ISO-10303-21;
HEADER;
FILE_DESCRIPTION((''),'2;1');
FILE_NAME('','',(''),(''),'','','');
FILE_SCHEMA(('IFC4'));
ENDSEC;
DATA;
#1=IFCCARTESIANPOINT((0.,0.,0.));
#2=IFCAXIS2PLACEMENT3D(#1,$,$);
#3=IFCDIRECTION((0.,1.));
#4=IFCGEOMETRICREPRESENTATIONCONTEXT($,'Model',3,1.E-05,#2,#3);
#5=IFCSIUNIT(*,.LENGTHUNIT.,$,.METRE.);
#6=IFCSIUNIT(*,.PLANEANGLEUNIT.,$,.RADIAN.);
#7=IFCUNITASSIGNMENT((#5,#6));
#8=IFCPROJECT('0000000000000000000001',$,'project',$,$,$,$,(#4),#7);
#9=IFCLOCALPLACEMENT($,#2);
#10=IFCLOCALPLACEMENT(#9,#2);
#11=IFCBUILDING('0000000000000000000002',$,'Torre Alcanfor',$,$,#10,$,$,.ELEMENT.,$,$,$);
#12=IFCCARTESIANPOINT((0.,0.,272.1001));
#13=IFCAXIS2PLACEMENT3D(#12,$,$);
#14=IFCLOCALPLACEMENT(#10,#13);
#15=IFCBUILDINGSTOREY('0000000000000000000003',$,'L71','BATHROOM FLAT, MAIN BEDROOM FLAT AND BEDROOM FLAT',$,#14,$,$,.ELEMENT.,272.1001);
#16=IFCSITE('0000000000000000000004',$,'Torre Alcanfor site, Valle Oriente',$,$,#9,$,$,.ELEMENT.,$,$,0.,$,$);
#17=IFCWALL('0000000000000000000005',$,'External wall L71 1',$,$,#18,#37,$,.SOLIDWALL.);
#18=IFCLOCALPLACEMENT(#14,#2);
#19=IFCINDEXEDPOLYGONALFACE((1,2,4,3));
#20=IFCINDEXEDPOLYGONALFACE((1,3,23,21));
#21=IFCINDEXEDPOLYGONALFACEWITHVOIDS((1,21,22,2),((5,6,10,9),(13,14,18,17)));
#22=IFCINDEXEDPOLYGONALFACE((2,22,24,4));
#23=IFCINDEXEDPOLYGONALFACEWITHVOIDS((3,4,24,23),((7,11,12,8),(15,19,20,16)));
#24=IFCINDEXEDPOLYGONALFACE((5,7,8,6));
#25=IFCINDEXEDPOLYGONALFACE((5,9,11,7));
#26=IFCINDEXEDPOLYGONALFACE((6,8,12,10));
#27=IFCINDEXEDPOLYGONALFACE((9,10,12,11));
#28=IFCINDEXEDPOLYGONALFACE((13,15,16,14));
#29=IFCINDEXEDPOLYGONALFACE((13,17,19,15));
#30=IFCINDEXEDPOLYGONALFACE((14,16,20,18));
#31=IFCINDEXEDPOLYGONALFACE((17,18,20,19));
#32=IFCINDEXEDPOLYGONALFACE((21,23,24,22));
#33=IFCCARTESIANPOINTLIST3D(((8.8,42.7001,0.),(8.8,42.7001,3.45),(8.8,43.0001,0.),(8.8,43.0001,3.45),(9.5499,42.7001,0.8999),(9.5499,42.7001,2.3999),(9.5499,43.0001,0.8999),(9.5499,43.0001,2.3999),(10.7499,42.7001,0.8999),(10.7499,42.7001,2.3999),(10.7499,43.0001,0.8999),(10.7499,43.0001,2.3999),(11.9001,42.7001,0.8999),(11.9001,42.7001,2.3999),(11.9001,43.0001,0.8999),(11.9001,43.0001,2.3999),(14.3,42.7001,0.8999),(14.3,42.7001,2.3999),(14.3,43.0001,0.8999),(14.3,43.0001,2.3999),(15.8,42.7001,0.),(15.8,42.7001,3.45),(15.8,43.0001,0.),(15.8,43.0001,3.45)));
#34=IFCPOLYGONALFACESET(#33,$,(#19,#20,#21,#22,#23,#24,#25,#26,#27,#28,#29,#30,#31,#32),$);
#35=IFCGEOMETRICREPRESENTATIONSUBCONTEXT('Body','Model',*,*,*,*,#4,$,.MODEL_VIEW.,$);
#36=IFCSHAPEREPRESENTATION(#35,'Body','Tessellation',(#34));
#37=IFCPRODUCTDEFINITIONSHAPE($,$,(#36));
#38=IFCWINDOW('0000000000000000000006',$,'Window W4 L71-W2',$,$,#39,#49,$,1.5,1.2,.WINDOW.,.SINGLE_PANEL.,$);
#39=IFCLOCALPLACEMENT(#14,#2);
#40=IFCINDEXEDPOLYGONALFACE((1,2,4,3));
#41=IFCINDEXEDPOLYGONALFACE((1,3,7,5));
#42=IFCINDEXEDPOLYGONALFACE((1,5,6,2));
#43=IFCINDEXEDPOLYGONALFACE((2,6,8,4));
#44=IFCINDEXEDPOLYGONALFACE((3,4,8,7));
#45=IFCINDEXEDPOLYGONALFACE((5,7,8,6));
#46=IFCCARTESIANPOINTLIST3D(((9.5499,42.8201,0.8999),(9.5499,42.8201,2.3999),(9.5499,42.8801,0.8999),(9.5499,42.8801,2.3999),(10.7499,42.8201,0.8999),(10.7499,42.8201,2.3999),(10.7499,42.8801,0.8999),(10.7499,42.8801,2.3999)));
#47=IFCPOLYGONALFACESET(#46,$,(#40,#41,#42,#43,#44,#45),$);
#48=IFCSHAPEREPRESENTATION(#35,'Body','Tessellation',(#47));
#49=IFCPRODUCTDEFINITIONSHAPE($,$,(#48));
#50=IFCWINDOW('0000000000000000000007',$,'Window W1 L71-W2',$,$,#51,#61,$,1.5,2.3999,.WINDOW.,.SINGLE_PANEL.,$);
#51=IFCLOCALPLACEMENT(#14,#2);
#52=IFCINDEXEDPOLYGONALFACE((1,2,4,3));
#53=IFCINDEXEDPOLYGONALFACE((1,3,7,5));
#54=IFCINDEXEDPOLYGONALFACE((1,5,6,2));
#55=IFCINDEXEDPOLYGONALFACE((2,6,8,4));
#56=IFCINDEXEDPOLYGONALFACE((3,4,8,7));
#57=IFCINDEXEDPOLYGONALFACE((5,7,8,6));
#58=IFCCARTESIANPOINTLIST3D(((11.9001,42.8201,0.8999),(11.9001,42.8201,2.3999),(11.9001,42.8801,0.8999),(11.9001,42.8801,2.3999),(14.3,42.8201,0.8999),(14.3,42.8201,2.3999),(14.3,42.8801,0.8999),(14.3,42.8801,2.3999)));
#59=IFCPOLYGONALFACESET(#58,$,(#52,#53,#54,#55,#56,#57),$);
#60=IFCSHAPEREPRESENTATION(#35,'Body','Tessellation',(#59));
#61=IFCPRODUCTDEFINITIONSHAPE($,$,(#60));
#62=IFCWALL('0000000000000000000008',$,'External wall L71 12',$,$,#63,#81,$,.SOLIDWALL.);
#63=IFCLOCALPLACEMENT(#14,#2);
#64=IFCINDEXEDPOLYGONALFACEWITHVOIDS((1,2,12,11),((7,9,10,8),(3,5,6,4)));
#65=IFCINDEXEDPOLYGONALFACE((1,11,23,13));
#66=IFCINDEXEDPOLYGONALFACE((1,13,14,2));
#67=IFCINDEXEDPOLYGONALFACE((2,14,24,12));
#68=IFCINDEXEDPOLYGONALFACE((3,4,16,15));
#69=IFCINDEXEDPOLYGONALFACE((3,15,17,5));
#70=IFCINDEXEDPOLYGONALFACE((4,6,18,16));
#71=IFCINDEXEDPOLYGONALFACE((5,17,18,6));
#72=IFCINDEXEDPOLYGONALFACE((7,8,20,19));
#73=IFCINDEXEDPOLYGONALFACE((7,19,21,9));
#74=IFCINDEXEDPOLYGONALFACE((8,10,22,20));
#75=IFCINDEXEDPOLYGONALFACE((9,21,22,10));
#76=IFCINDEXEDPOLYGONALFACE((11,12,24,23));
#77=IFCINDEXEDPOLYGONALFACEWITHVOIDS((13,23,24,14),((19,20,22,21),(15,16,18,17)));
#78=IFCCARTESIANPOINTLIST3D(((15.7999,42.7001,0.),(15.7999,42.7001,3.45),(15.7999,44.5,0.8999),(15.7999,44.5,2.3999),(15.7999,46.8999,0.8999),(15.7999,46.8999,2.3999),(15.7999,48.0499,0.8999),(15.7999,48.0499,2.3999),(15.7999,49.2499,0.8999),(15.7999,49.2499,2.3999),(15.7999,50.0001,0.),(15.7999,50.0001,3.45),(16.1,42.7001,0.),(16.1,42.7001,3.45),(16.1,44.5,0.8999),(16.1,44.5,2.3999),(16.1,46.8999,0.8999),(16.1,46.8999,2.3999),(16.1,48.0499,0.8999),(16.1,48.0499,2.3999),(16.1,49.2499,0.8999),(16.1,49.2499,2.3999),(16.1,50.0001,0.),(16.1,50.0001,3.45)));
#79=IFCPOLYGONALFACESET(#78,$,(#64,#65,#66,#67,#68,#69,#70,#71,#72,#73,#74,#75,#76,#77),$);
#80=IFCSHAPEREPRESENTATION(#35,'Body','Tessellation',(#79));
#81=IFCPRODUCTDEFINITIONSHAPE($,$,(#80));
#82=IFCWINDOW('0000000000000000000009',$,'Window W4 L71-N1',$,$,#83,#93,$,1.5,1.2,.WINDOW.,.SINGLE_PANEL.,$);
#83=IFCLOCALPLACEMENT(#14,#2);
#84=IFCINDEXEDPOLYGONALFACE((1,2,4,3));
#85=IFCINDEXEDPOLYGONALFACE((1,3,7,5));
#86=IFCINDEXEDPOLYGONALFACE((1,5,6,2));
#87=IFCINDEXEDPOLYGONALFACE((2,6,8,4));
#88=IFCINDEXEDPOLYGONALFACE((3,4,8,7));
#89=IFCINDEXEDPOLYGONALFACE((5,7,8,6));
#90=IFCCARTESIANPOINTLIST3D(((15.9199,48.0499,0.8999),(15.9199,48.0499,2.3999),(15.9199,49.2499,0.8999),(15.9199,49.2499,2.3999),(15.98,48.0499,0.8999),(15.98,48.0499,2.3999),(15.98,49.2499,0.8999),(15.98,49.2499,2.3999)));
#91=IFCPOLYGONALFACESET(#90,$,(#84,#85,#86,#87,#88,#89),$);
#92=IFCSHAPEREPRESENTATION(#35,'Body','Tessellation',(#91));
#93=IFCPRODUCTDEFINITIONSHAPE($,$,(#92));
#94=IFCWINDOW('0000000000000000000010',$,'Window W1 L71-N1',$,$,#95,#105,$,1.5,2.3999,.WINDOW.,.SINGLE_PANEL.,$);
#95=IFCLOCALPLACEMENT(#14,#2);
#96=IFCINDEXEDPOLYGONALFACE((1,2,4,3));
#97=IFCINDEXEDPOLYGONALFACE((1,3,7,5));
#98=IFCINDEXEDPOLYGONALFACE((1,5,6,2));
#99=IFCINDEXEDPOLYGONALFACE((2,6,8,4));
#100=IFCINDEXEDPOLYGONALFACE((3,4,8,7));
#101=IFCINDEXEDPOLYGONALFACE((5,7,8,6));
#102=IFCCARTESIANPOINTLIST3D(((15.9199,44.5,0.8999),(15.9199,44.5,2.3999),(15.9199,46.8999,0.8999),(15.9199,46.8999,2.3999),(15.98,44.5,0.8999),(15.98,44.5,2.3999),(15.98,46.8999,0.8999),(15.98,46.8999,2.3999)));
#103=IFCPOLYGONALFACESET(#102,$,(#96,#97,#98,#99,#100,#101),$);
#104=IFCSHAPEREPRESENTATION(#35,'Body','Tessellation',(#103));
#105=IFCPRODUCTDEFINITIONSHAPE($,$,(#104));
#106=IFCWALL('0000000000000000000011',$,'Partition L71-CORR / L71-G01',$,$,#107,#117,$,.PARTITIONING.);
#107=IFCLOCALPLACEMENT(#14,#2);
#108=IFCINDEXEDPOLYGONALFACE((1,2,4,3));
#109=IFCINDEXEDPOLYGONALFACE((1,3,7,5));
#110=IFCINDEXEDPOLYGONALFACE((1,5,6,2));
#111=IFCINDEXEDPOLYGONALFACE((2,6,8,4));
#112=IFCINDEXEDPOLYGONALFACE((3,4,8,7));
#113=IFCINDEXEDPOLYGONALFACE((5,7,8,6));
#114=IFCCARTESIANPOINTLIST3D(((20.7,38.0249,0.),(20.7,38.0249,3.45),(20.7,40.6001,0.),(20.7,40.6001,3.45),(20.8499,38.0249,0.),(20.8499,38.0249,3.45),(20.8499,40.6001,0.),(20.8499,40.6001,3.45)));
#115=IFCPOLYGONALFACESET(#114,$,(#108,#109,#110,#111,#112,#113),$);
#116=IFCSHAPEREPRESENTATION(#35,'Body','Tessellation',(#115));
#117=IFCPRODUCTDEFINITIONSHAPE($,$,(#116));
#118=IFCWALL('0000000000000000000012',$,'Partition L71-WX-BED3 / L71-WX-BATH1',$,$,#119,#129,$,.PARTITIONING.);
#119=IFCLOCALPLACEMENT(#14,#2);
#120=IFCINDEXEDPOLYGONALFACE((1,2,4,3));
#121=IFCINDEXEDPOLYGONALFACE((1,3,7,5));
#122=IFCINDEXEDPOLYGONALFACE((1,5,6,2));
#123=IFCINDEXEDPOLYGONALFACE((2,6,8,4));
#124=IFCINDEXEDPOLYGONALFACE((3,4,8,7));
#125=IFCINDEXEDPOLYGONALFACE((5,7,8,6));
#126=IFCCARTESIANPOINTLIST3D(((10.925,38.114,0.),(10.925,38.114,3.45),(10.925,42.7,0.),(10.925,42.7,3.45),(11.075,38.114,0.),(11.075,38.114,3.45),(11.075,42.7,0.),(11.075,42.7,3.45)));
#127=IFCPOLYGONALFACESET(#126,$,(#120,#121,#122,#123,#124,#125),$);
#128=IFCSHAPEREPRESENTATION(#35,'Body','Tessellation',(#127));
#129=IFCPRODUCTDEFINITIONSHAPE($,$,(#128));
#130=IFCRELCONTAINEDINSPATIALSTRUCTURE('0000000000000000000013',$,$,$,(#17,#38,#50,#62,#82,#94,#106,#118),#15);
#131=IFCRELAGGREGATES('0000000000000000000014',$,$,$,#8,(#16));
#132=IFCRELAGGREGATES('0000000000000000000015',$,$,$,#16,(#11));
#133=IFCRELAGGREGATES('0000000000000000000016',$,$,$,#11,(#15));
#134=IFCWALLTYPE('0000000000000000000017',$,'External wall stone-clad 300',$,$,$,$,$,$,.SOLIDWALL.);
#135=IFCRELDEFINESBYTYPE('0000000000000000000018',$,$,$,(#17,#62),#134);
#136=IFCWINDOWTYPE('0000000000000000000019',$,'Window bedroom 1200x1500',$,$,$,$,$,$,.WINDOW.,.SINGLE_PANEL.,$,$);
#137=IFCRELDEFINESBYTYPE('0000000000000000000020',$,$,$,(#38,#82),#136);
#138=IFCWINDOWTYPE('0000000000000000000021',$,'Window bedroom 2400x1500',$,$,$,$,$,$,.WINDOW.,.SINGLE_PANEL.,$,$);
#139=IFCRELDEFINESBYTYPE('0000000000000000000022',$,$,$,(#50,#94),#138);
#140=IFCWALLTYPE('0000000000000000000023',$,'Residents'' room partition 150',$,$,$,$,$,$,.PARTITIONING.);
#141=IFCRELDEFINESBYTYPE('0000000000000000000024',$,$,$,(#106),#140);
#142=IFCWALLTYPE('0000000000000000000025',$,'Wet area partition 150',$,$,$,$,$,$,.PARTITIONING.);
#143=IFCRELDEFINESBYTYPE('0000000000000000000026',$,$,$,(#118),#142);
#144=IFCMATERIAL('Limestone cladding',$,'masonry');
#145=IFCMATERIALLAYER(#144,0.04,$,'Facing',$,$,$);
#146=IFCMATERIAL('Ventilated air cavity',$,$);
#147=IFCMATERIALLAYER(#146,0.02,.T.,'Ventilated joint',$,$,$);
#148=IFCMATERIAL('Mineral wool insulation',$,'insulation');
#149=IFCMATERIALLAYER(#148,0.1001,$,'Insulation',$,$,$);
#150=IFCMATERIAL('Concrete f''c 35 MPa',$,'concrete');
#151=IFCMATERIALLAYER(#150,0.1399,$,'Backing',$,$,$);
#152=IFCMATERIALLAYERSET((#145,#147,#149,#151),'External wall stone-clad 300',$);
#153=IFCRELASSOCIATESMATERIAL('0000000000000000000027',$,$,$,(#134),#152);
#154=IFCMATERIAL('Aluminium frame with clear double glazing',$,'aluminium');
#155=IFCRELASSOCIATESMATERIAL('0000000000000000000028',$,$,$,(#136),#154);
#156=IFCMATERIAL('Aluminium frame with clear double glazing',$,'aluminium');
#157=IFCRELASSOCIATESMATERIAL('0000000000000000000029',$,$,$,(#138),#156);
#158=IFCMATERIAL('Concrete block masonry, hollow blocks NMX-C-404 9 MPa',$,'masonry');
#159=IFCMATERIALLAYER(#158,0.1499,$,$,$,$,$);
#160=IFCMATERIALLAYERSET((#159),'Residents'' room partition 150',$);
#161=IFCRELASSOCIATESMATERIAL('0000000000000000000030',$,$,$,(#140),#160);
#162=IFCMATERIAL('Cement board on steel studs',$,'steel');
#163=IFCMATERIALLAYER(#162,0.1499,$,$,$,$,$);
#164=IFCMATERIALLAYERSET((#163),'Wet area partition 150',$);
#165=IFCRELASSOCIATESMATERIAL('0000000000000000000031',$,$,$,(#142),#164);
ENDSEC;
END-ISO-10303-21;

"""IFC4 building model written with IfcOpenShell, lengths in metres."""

from ifc_helpers import new_model, si_unit, direction, frame, frame_2d, origin, place, context, subcontext, project, spatial, rectangle, extrude, material, layer, layer_set, type_object, element, fill, save


model = new_model("IFC4")

# Units and contexts
model_context = context("Model", 3, precision=1e-05, world=origin(), true_north=direction((0.0, 1.0)))
body_context = subcontext(model_context, "Body", "Model", "MODEL_VIEW")
ifc_project = project(units=[si_unit("LENGTHUNIT", "METRE"), si_unit("PLANEANGLEUNIT", "RADIAN")], contexts=[model_context])

# Site, building, storey
site_placement = place(None, origin())
site = spatial("IfcSite", under=ifc_project, at=site_placement, Name="Torre Alcanfor site, Valle Oriente", CompositionType="ELEMENT", RefElevation=0.0)
building_placement = place(site_placement, origin())
building = spatial("IfcBuilding", under=site, at=building_placement, Name="Torre Alcanfor", CompositionType="ELEMENT")
storey_placement = place(building_placement, frame((0.0, 0.0, 272.1001)))
storey = spatial("IfcBuildingStorey", under=building, at=storey_placement, Name="L71", Description="BATHROOM FLAT, MAIN BEDROOM FLAT AND BEDROOM FLAT", CompositionType="ELEMENT", Elevation=272.1001)

# Walls, openings, windows
ifc_material_1 = material(Name="Limestone cladding", Category="masonry")
ifc_layer_1 = layer(ifc_material_1, 0.04, Name="Facing")
ifc_material_2 = material(Name="Ventilated air cavity")
ifc_layer_2 = layer(ifc_material_2, 0.02, ventilated=True, Name="Ventilated joint")
ifc_material_3 = material(Name="Mineral wool insulation", Category="insulation")
ifc_layer_3 = layer(ifc_material_3, 0.1001, Name="Insulation")
ifc_material_4 = material(Name="Concrete f'c 35 MPa", Category="concrete")
ifc_layer_4 = layer(ifc_material_4, 0.1399, Name="Backing")
ifc_layer_set_1 = layer_set([ifc_layer_1, ifc_layer_2, ifc_layer_3, ifc_layer_4], Name="External wall stone-clad 300")
wall_type_1 = type_object("IfcWallType", Name="External wall stone-clad 300", PredefinedType="SOLIDWALL", material=ifc_layer_set_1)
wall_1_placement = place(storey_placement, frame((15.8, 42.8501, 0.0), z_axis=(0.0, 0.0, 1.0), x_axis=(-1.0, 0.0, 0.0)))
wall_1 = element("IfcWall", 1, at=wall_1_placement, inside=storey, type_object=wall_type_1, Name="External wall L71 1", PredefinedType="SOLIDWALL", context=body_context, shape_type="SweptSolid", body=[
    extrude(rectangle(XDim=7.0, YDim=0.3, at=frame_2d((3.5, 0.0))), origin(), (0.0, 0.0, 1.0), 3.45),
])
opening_1_placement = place(wall_1_placement, frame((1.5, 0.0, 0.8999)))
opening_1 = element("IfcOpeningElement", 2, at=opening_1_placement, cuts=wall_1, PredefinedType="OPENING", context=body_context, shape_type="SweptSolid", body=[
    extrude(rectangle(XDim=2.3999, YDim=1.5, at=frame_2d((1.2, 0.75))), frame((0.0, 0.1599, 0.0), z_axis=(0.0, -1.0, 0.0), x_axis=(1.0, 0.0, 0.0)), (0.0, 0.0, 1.0), 0.3201),
])
opening_2_placement = place(wall_1_placement, frame((5.05, 0.0, 0.8999)))
opening_2 = element("IfcOpeningElement", 3, at=opening_2_placement, cuts=wall_1, PredefinedType="OPENING", context=body_context, shape_type="SweptSolid", body=[
    extrude(rectangle(XDim=1.2, YDim=1.5, at=frame_2d((0.6001, 0.75))), frame((0.0, 0.1599, 0.0), z_axis=(0.0, -1.0, 0.0), x_axis=(1.0, 0.0, 0.0)), (0.0, 0.0, 1.0), 0.3201),
])
ifc_material_5 = material(Name="Aluminium frame with clear double glazing", Category="aluminium")
window_type_1 = type_object("IfcWindowType", Name="Window bedroom 1200x1500", PartitioningType="SINGLE_PANEL", PredefinedType="WINDOW", material=ifc_material_5)
window_1_placement = place(opening_2_placement, origin())
window_1 = element("IfcWindow", 4, at=window_1_placement, inside=storey, type_object=window_type_1, Name="Window W4 L71-W2", OverallHeight=1.5, OverallWidth=1.2, PartitioningType="SINGLE_PANEL", PredefinedType="WINDOW", context=body_context, shape_type="SweptSolid", body=[
    extrude(rectangle(XDim=1.2, YDim=1.5, at=frame_2d((0.6001, 0.75))), frame((0.0, 0.03, 0.0), z_axis=(0.0, -1.0, 0.0), x_axis=(1.0, 0.0, 0.0)), (0.0, 0.0, 1.0), 0.0601),
])
fill(opening_2, window_1)
ifc_material_6 = material(Name="Aluminium frame with clear double glazing", Category="aluminium")
window_type_2 = type_object("IfcWindowType", Name="Window bedroom 2400x1500", PartitioningType="SINGLE_PANEL", PredefinedType="WINDOW", material=ifc_material_6)
window_2_placement = place(opening_1_placement, origin())
window_2 = element("IfcWindow", 5, at=window_2_placement, inside=storey, type_object=window_type_2, Name="Window W1 L71-W2", OverallHeight=1.5, OverallWidth=2.3999, PartitioningType="SINGLE_PANEL", PredefinedType="WINDOW", context=body_context, shape_type="SweptSolid", body=[
    extrude(rectangle(XDim=2.3999, YDim=1.5, at=frame_2d((1.2, 0.75))), frame((0.0, 0.03, 0.0), z_axis=(0.0, -1.0, 0.0), x_axis=(1.0, 0.0, 0.0)), (0.0, 0.0, 1.0), 0.0601),
])
fill(opening_1, window_2)
wall_2_placement = place(storey_placement, frame((15.95, 50.0, 0.0), z_axis=(0.0, 0.0, 1.0), x_axis=(0.0, -1.0, 0.0)))
wall_2 = element("IfcWall", 6, at=wall_2_placement, inside=storey, type_object=wall_type_1, Name="External wall L71 12", PredefinedType="SOLIDWALL", context=body_context, shape_type="SweptSolid", body=[
    extrude(rectangle(XDim=7.3, YDim=0.3, at=frame_2d((3.6499, 0.0))), origin(), (0.0, 0.0, 1.0), 3.45),
])
opening_3_placement = place(wall_2_placement, frame((3.1001, 0.0, 0.8999)))
opening_3 = element("IfcOpeningElement", 7, at=opening_3_placement, cuts=wall_2, PredefinedType="OPENING", context=body_context, shape_type="SweptSolid", body=[
    extrude(rectangle(XDim=2.3999, YDim=1.5, at=frame_2d((1.2, 0.75))), frame((0.0, 0.1599, 0.0), z_axis=(0.0, -1.0, 0.0), x_axis=(1.0, 0.0, 0.0)), (0.0, 0.0, 1.0), 0.3201),
])
opening_4_placement = place(wall_2_placement, frame((0.75, 0.0, 0.8999)))
opening_4 = element("IfcOpeningElement", 8, at=opening_4_placement, cuts=wall_2, PredefinedType="OPENING", context=body_context, shape_type="SweptSolid", body=[
    extrude(rectangle(XDim=1.2, YDim=1.5, at=frame_2d((0.6001, 0.75))), frame((0.0, 0.1599, 0.0), z_axis=(0.0, -1.0, 0.0), x_axis=(1.0, 0.0, 0.0)), (0.0, 0.0, 1.0), 0.3201),
])
window_3_placement = place(opening_4_placement, origin())
window_3 = element("IfcWindow", 9, at=window_3_placement, inside=storey, type_object=window_type_1, Name="Window W4 L71-N1", OverallHeight=1.5, OverallWidth=1.2, PartitioningType="SINGLE_PANEL", PredefinedType="WINDOW", context=body_context, shape_type="SweptSolid", body=[
    extrude(rectangle(XDim=1.2, YDim=1.5, at=frame_2d((0.6001, 0.75))), frame((0.0, 0.03, 0.0), z_axis=(0.0, -1.0, 0.0), x_axis=(1.0, 0.0, 0.0)), (0.0, 0.0, 1.0), 0.0601),
])
fill(opening_4, window_3)
window_4_placement = place(opening_3_placement, origin())
window_4 = element("IfcWindow", 10, at=window_4_placement, inside=storey, type_object=window_type_2, Name="Window W1 L71-N1", OverallHeight=1.5, OverallWidth=2.3999, PartitioningType="SINGLE_PANEL", PredefinedType="WINDOW", context=body_context, shape_type="SweptSolid", body=[
    extrude(rectangle(XDim=2.3999, YDim=1.5, at=frame_2d((1.2, 0.75))), frame((0.0, 0.03, 0.0), z_axis=(0.0, -1.0, 0.0), x_axis=(1.0, 0.0, 0.0)), (0.0, 0.0, 1.0), 0.0601),
])
fill(opening_3, window_4)

# Walls
ifc_material_7 = material(Name="Concrete block masonry, hollow blocks NMX-C-404 9 MPa", Category="masonry")
ifc_layer_5 = layer(ifc_material_7, 0.1499)
ifc_layer_set_2 = layer_set([ifc_layer_5], Name="Residents' room partition 150")
wall_type_2 = type_object("IfcWallType", Name="Residents' room partition 150", PredefinedType="PARTITIONING", material=ifc_layer_set_2)
wall_3_placement = place(storey_placement, frame((20.7749, 40.6001, 0.0), z_axis=(0.0, 0.0, 1.0), x_axis=(0.0, -1.0, 0.0)))
element("IfcWall", 11, at=wall_3_placement, inside=storey, type_object=wall_type_2, Name="Partition L71-CORR / L71-G01", PredefinedType="PARTITIONING", context=body_context, shape_type="SweptSolid", body=[
    extrude(rectangle(XDim=2.5752, YDim=0.1499, at=frame_2d((1.2876, 0.0))), origin(), (0.0, 0.0, 1.0), 3.45),
])
ifc_material_8 = material(Name="Cement board on steel studs", Category="steel")
ifc_layer_6 = layer(ifc_material_8, 0.1499)
ifc_layer_set_3 = layer_set([ifc_layer_6], Name="Wet area partition 150")
wall_type_3 = type_object("IfcWallType", Name="Wet area partition 150", PredefinedType="PARTITIONING", material=ifc_layer_set_3)
wall_4_placement = place(storey_placement, frame((11.0, 42.7, 0.0), z_axis=(0.0, 0.0, 1.0), x_axis=(0.0, -1.0, 0.0)))
element("IfcWall", 12, at=wall_4_placement, inside=storey, type_object=wall_type_3, Name="Partition L71-WX-BED3 / L71-WX-BATH1", PredefinedType="PARTITIONING", context=body_context, shape_type="SweptSolid", body=[
    extrude(rectangle(XDim=4.5859, YDim=0.1499, at=frame_2d((2.293, 0.0))), origin(), (0.0, 0.0, 1.0), 3.45),
])

save(model, "model.ifc")
